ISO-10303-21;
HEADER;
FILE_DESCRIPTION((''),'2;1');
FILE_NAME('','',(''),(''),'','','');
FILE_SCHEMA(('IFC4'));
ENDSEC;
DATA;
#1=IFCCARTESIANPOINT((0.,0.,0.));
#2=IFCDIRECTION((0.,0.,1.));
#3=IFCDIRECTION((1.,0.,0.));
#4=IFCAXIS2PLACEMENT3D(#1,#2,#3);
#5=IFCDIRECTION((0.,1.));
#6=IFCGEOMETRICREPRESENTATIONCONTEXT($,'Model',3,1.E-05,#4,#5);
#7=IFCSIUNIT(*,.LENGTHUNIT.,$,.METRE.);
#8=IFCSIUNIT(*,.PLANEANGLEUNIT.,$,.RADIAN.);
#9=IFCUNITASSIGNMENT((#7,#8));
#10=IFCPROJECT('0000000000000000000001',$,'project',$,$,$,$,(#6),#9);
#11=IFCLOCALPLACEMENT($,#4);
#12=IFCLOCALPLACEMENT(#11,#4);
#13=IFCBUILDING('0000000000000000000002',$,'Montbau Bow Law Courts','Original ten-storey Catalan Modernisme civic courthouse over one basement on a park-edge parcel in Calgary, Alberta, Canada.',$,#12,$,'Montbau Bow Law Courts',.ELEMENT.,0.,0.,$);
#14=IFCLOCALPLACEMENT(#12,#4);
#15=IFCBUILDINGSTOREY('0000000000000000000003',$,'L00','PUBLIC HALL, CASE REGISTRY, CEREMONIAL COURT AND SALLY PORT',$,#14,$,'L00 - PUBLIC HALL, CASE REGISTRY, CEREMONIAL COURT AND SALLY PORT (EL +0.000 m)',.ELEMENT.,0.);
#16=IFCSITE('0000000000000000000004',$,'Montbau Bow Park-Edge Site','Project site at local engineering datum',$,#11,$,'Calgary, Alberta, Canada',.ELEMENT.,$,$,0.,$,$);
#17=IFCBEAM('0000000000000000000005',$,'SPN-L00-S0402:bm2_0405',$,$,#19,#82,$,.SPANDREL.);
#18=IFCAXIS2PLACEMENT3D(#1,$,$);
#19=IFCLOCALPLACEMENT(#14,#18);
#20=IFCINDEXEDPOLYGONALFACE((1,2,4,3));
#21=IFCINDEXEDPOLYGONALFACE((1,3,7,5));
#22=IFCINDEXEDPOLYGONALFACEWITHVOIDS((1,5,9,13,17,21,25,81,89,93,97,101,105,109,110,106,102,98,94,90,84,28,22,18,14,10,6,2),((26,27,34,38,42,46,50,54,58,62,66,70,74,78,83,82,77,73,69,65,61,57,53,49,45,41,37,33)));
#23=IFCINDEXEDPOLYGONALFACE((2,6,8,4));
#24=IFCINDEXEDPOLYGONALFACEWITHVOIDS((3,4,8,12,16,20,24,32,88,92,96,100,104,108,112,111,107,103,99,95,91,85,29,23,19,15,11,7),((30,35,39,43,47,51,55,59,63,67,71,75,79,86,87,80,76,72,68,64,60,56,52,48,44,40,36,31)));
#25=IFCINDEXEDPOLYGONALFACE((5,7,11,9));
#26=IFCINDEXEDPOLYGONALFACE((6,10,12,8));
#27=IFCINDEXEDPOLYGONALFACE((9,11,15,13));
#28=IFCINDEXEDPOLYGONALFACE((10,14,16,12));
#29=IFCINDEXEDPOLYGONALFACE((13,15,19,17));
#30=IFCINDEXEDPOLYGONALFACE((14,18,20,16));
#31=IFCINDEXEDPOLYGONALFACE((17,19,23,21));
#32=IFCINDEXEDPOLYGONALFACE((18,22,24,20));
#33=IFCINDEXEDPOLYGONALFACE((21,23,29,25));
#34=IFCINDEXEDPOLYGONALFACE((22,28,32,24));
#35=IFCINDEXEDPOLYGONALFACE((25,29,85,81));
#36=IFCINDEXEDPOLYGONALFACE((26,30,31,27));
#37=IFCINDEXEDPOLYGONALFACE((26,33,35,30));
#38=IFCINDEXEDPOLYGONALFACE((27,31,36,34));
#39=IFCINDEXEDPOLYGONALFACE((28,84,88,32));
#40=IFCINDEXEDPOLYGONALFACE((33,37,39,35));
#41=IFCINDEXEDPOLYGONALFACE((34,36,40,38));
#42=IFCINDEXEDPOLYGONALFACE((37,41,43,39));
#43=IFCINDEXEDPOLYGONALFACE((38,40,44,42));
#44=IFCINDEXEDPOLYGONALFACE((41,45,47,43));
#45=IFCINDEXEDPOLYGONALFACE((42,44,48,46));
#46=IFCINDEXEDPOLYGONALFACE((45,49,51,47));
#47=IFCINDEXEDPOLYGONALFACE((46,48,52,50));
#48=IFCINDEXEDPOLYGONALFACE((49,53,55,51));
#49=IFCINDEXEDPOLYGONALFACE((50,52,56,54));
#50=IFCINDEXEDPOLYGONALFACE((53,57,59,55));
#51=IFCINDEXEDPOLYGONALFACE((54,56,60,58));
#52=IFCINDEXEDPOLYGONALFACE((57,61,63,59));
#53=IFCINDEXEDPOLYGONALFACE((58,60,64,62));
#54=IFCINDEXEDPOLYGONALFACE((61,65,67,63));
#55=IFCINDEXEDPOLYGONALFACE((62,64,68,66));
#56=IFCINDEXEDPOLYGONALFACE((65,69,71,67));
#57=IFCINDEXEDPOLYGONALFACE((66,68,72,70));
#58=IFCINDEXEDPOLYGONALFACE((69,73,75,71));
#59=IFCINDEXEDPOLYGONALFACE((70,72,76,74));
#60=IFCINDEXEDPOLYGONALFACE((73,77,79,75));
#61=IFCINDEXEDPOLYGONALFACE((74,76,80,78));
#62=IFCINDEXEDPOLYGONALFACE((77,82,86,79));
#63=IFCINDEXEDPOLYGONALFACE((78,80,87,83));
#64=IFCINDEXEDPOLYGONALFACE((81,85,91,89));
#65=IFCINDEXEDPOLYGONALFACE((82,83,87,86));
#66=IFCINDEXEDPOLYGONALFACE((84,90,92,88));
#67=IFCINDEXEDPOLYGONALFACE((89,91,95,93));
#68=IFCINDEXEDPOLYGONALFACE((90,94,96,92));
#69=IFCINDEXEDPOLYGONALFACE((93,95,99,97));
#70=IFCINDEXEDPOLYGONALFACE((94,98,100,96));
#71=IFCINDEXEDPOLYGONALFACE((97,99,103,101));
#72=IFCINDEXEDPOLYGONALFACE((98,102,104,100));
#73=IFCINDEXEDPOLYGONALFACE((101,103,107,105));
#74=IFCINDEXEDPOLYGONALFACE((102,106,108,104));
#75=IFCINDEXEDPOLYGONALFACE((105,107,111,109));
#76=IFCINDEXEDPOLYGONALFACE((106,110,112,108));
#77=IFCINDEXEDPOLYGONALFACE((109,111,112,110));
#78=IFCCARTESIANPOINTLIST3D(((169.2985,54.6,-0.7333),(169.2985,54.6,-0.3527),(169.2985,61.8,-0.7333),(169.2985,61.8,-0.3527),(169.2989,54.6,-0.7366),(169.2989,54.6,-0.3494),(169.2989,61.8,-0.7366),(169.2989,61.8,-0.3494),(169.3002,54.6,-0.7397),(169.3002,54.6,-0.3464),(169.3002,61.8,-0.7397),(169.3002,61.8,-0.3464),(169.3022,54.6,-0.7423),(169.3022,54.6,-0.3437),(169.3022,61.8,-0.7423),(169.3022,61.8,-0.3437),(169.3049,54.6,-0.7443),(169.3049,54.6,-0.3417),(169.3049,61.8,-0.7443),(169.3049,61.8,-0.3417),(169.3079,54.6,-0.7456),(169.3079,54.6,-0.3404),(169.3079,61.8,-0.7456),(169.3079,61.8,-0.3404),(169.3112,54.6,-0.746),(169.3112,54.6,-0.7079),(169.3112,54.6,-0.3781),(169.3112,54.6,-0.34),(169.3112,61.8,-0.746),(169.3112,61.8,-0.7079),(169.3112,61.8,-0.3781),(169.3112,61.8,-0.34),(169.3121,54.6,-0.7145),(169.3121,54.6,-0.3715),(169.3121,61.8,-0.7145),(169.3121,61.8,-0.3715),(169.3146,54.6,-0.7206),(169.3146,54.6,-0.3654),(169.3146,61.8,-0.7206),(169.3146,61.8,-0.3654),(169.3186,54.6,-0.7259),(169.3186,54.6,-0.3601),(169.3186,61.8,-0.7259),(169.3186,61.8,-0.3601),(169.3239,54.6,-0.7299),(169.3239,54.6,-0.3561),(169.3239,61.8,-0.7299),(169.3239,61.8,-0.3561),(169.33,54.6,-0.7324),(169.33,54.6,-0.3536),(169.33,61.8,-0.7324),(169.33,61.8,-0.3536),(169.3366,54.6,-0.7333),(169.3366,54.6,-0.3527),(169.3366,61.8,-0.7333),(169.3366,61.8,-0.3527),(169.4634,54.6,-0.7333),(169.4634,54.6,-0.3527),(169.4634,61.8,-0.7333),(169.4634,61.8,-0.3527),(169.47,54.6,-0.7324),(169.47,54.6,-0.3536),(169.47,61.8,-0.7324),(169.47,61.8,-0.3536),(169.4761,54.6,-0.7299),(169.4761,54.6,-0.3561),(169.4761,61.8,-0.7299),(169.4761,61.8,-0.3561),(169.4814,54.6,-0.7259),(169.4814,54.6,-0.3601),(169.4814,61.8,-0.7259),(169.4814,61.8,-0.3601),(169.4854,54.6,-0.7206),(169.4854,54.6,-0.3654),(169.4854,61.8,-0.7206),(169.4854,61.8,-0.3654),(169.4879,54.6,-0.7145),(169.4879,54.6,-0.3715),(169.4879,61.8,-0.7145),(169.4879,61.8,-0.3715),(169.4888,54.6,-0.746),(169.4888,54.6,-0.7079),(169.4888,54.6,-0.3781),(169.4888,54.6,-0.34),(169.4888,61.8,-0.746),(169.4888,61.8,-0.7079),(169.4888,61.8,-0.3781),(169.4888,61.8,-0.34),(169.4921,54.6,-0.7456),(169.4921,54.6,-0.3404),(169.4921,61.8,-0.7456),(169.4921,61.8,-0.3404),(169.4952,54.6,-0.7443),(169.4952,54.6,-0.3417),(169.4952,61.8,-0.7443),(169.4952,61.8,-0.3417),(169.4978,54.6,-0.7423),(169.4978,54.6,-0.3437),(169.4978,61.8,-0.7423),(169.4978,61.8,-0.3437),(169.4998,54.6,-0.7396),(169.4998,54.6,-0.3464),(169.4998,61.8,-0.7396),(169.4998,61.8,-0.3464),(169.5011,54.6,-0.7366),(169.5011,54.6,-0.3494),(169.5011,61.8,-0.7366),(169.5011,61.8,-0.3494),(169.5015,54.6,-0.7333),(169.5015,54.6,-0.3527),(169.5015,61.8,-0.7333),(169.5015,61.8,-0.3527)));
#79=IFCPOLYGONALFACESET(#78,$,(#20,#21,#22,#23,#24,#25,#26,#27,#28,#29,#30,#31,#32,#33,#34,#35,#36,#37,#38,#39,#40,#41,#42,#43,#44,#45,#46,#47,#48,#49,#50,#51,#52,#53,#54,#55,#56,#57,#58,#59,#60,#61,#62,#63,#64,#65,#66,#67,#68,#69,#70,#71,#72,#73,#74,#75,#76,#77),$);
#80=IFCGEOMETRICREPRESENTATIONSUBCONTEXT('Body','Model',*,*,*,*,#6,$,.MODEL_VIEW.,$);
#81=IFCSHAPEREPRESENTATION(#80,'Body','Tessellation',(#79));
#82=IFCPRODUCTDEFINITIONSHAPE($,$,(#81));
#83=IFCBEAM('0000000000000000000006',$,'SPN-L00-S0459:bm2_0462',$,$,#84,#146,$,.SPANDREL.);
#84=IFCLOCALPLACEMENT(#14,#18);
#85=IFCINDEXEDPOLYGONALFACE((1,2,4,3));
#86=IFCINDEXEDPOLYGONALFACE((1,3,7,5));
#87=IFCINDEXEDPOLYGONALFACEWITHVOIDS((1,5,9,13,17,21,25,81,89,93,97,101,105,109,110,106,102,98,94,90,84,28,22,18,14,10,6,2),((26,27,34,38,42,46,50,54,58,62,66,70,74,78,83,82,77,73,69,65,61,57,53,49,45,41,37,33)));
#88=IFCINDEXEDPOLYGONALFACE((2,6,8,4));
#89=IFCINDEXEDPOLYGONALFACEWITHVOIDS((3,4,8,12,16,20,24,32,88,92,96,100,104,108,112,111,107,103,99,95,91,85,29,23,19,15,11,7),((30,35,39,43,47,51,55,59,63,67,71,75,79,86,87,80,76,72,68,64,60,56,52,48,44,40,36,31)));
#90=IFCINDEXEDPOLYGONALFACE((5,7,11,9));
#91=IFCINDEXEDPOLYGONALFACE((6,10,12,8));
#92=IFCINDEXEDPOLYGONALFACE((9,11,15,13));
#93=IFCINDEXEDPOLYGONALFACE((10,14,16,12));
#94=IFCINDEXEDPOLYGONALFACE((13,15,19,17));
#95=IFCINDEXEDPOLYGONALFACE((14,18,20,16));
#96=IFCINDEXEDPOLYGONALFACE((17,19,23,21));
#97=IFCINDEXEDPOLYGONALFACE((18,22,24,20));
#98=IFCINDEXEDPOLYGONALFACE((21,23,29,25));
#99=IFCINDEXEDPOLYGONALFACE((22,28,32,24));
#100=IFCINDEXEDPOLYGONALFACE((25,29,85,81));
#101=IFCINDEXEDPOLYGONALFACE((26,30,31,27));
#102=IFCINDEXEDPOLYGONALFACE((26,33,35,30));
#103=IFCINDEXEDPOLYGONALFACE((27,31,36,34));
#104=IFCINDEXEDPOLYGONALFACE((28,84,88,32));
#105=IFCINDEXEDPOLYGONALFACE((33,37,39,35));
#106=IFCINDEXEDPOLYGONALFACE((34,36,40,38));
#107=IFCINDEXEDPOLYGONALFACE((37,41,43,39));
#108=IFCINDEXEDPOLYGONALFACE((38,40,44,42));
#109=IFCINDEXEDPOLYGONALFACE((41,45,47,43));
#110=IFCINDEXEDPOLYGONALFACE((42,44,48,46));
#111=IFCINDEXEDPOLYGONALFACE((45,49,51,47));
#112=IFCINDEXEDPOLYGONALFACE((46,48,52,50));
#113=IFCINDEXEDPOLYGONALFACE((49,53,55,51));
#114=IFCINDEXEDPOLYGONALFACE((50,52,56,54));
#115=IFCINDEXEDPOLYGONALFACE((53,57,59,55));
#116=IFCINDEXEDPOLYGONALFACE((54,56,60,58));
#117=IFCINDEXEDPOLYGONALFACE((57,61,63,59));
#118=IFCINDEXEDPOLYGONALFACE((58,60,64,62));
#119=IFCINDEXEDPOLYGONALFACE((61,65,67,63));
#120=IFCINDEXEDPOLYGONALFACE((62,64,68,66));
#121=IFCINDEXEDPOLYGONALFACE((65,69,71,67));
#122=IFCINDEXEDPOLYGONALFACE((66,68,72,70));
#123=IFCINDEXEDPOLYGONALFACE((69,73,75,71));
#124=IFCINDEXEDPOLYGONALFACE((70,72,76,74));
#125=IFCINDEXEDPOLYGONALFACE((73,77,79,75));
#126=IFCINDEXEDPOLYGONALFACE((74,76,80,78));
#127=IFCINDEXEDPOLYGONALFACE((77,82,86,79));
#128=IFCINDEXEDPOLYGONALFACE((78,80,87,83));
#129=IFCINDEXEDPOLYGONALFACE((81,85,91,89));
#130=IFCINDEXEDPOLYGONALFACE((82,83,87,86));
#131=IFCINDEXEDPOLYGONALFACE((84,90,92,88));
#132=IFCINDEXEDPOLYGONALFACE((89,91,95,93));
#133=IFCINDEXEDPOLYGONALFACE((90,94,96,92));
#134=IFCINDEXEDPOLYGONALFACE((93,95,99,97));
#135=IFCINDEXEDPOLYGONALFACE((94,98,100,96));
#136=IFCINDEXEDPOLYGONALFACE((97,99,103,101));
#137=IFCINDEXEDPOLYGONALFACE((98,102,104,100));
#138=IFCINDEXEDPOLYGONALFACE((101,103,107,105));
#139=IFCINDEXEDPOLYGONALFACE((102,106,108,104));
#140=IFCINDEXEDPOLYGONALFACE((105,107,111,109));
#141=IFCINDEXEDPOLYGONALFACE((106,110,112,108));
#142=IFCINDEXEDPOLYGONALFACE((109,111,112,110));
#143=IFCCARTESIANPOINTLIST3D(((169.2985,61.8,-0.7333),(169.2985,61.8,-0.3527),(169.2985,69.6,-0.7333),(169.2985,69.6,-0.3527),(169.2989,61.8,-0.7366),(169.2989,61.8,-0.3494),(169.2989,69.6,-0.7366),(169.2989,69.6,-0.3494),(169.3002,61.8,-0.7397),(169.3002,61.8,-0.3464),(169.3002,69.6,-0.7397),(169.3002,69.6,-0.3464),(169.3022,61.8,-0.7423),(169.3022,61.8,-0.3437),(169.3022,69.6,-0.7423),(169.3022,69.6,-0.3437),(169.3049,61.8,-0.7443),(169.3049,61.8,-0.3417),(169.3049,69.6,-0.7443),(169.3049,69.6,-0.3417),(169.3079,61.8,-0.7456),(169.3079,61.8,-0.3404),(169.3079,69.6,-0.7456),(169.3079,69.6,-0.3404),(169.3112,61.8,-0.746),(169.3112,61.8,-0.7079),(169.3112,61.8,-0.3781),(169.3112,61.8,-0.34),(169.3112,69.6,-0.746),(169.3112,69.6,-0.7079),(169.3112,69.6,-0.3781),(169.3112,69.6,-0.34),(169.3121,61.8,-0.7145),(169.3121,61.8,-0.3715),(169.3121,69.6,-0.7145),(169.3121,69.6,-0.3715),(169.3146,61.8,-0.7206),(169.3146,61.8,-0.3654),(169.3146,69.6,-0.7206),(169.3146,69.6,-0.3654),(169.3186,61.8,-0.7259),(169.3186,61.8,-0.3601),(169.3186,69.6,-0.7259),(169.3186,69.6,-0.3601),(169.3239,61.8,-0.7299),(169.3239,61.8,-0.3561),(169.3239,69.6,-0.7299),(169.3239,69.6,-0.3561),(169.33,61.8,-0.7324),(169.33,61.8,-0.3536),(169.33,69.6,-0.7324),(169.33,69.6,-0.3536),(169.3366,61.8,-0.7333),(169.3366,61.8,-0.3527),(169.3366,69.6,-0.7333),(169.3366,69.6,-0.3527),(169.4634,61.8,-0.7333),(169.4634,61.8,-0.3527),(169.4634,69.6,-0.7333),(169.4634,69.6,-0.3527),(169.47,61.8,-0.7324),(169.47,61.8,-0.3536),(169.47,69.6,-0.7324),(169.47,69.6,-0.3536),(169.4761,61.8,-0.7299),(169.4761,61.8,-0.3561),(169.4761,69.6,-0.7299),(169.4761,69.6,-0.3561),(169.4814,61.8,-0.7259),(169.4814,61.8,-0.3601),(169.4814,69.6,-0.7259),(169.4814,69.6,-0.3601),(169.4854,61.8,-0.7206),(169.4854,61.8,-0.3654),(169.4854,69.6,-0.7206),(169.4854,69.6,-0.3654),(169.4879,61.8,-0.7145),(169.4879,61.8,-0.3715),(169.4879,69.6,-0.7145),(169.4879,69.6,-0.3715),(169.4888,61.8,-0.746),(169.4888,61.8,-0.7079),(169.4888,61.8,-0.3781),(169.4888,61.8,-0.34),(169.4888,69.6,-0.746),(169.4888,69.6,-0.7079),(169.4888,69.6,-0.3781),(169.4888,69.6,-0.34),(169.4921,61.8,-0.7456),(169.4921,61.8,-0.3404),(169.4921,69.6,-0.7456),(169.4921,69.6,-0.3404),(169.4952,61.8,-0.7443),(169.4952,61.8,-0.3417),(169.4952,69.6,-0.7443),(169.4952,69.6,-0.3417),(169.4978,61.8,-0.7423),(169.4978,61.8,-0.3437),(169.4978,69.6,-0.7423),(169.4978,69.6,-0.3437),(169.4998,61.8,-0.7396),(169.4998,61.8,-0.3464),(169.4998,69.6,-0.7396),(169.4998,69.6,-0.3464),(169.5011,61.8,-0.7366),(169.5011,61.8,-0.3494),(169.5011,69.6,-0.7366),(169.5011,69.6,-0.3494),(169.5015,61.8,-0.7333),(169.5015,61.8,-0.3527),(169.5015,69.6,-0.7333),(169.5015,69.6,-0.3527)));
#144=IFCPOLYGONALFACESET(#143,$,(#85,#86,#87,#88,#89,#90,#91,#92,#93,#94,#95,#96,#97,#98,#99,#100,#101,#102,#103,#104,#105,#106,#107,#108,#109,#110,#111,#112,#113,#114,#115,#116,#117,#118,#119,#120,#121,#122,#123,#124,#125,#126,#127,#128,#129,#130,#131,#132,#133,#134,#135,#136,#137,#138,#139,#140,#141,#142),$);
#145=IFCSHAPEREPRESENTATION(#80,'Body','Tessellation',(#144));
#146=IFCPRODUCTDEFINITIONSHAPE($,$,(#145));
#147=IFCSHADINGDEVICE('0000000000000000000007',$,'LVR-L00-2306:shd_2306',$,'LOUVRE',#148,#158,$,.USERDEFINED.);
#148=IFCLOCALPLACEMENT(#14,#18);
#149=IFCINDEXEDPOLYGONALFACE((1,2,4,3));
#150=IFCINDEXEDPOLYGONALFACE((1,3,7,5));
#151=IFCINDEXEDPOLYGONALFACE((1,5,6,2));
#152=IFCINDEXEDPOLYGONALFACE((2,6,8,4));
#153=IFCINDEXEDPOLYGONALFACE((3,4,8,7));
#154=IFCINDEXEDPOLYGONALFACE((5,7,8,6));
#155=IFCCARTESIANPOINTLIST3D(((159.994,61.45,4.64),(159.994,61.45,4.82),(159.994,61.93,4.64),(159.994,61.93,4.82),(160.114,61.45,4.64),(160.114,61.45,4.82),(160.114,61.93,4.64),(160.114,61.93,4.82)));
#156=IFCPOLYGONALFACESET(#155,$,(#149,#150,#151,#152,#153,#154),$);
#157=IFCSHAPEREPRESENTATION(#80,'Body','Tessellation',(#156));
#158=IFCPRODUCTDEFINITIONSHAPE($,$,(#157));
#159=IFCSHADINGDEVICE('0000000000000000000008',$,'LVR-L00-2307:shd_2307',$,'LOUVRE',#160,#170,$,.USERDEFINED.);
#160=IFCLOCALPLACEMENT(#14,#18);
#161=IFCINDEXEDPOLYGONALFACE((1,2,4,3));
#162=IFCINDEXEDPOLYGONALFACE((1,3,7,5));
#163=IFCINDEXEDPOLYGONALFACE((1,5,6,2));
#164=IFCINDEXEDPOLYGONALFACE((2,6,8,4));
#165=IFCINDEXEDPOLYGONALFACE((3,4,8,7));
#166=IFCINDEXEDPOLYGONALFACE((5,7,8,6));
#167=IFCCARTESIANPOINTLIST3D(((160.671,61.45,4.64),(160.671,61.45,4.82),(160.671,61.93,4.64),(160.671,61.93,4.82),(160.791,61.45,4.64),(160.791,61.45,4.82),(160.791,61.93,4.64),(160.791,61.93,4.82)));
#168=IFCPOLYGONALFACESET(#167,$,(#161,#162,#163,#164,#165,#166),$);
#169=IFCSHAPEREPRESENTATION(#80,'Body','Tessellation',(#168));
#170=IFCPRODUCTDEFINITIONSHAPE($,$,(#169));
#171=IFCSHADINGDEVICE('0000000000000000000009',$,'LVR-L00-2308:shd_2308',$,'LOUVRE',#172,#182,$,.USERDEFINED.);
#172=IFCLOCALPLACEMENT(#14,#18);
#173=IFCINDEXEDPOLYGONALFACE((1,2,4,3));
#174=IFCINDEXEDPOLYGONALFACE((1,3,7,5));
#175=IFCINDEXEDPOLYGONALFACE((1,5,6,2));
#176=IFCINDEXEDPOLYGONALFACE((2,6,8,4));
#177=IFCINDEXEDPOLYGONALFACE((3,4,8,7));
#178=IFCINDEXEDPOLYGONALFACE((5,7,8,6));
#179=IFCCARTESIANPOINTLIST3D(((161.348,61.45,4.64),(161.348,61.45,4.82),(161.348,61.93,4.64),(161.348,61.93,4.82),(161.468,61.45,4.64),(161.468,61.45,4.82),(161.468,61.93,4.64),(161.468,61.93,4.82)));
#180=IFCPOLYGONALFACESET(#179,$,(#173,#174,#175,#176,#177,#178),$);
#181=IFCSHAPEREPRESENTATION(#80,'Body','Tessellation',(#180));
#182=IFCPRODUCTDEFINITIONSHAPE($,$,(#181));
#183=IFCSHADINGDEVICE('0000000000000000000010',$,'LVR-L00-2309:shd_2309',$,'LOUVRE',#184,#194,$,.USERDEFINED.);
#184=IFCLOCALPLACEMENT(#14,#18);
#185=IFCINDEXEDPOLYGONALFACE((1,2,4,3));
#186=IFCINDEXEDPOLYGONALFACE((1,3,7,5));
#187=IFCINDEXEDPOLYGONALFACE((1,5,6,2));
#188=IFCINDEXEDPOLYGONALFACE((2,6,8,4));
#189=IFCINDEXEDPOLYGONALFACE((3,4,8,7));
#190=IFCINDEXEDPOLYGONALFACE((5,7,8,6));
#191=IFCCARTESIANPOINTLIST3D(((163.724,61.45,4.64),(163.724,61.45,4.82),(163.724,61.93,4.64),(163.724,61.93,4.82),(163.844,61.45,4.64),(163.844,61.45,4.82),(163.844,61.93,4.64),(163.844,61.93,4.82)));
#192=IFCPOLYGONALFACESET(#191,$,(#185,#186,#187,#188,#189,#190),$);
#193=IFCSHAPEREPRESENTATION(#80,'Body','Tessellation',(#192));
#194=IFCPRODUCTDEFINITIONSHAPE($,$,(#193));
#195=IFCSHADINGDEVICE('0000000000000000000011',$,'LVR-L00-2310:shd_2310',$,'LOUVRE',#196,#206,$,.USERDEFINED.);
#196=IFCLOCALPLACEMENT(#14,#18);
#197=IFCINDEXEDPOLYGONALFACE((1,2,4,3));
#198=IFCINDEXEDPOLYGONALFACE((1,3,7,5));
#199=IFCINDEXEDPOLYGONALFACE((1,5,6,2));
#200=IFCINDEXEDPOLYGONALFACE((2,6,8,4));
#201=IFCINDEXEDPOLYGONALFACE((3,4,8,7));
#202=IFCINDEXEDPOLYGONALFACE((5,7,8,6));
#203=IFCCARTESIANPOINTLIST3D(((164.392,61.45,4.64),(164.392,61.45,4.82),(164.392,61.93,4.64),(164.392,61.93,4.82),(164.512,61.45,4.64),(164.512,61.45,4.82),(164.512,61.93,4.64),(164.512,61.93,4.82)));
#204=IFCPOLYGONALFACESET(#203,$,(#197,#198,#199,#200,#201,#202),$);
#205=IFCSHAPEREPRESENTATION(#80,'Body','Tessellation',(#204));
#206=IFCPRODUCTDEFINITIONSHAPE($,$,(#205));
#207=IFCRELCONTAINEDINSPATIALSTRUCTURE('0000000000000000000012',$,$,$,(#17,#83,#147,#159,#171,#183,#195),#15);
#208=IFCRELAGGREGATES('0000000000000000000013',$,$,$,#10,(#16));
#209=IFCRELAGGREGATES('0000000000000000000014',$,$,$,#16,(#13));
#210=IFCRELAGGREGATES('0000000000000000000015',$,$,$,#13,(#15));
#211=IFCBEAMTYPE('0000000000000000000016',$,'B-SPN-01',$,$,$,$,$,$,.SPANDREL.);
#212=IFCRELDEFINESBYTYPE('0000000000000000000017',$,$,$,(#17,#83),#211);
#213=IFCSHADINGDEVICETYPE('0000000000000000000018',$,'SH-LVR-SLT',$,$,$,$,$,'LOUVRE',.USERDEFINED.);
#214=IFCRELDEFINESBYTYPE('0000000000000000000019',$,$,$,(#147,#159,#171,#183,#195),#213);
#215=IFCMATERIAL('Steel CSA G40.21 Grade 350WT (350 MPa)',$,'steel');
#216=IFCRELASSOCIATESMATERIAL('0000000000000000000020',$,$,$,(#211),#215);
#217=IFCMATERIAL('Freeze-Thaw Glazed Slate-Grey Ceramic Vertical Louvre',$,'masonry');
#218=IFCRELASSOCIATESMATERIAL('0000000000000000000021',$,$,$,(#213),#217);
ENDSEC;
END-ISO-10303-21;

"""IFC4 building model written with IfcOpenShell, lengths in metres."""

from ifc_helpers import new_model, si_unit, direction, frame, origin_with_axes, origin_2d_with_axis, place, context, subcontext, project, spatial, rectangle, hollow_rectangle, extrude, material, material_profile, profile_set, type_object, element, save


model = new_model("IFC4")

# Units and contexts
model_context = context("Model", 3, precision=1e-05, world=origin_with_axes(), true_north=direction((0.0, 1.0)))
body_context = subcontext(model_context, "Body", "Model", "MODEL_VIEW")
ifc_project = project(units=[si_unit("LENGTHUNIT", "METRE"), si_unit("PLANEANGLEUNIT", "RADIAN")], contexts=[model_context])

# Site, building, storey
site_placement = place(None, origin_with_axes())
site = spatial("IfcSite", under=ifc_project, at=site_placement, Name="Montbau Bow Park-Edge Site", Description="Project site at local engineering datum", LongName="Calgary, Alberta, Canada", CompositionType="ELEMENT", RefElevation=0.0)
building_placement = place(site_placement, origin_with_axes())
building = spatial("IfcBuilding", under=site, at=building_placement, Name="Montbau Bow Law Courts", Description="Original ten-storey Catalan Modernisme civic courthouse over one basement on a park-edge parcel in Calgary, Alberta, Canada.", LongName="Montbau Bow Law Courts", CompositionType="ELEMENT", ElevationOfRefHeight=0.0, ElevationOfTerrain=0.0)
storey_placement = place(building_placement, origin_with_axes())
storey = spatial("IfcBuildingStorey", under=building, at=storey_placement, Name="L00", Description="PUBLIC HALL, CASE REGISTRY, CEREMONIAL COURT AND SALLY PORT", LongName="L00 - PUBLIC HALL, CASE REGISTRY, CEREMONIAL COURT AND SALLY PORT (EL +0.000 m)", CompositionType="ELEMENT", Elevation=0.0)

# Shared definitions
ifc_material_1 = material(Name="Steel CSA G40.21 Grade 350WT (350 MPa)", Category="steel")

# Beams
ifc_material_profile_1 = material_profile(ifc_material_1, hollow_rectangle(XDim=0.203, YDim=0.406, WallThickness=0.0127, InnerFilletRadius=0.0254, OuterFilletRadius=0.0127, at=origin_2d_with_axis()), Name="HSS406X203X13", Category="Main", Priority=0)
ifc_profile_set_1 = profile_set([ifc_material_profile_1], Name="Steel CSA G40.21 Grade 350WT (350 MPa)")
beam_type_1 = type_object("IfcBeamType", Name="B-SPN-01", PredefinedType="SPANDREL", material=ifc_profile_set_1)
beam_1_placement = place(None, frame((169.4, 54.6, -0.543), z_axis=(0.0, 1.0, 0.0), x_axis=(-1.0, 0.0, 0.0)))
element("IfcBeam", 1, at=beam_1_placement, inside=storey, type_object=beam_type_1, Name="SPN-L00-S0402:bm2_0405", PredefinedType="SPANDREL", context=body_context, shape_type="SweptSolid", body=[
    extrude(hollow_rectangle(XDim=0.203, YDim=0.406, WallThickness=0.0127, InnerFilletRadius=0.0254, OuterFilletRadius=0.0127, at=origin_2d_with_axis()), origin_with_axes(), (0.0, 0.0, 1.0), 7.2),
])
beam_2_placement = place(None, frame((169.4, 61.8, -0.543), z_axis=(0.0, 1.0, 0.0), x_axis=(-1.0, 0.0, 0.0)))
element("IfcBeam", 2, at=beam_2_placement, inside=storey, type_object=beam_type_1, Name="SPN-L00-S0459:bm2_0462", PredefinedType="SPANDREL", context=body_context, shape_type="SweptSolid", body=[
    extrude(hollow_rectangle(XDim=0.203, YDim=0.406, WallThickness=0.0127, InnerFilletRadius=0.0254, OuterFilletRadius=0.0127, at=origin_2d_with_axis()), origin_with_axes(), (0.0, 0.0, 1.0), 7.8),
])

# Shading devices
ifc_material_2 = material(Name="Freeze-Thaw Glazed Slate-Grey Ceramic Vertical Louvre", Category="masonry")
shading_device_type = type_object("IfcShadingDeviceType", Name="SH-LVR-SLT", ElementType="LOUVRE", PredefinedType="USERDEFINED", material=ifc_material_2)
for number, where, z_axis, x_axis, name in (
    (3, (160.054, 61.69, 4.64), (0.0, 0.0, 1.0), (0.0, -1.0, 0.0), "LVR-L00-2306:shd_2306"),
    (4, (160.731, 61.69, 4.64), (0.0, 0.0, 1.0), (0.0, -1.0, 0.0), "LVR-L00-2307:shd_2307"),
    (5, (161.408, 61.69, 4.64), (0.0, 0.0, 1.0), (0.0, -1.0, 0.0), "LVR-L00-2308:shd_2308"),
    (6, (163.784, 61.69, 4.64), (0.0, 0.0, 1.0), (0.0, -1.0, 0.0), "LVR-L00-2309:shd_2309"),
    (7, (164.452, 61.69, 4.64), (0.0, 0.0, 1.0), (0.0, -1.0, 0.0), "LVR-L00-2310:shd_2310"),
):
    element("IfcShadingDevice", number, at=place(None, frame(where, z_axis=z_axis, x_axis=x_axis)), inside=storey, type_object=shading_device_type, Name=name, ObjectType="LOUVRE", PredefinedType="USERDEFINED", context=body_context, shape_type="SweptSolid", body=[
        extrude(rectangle(XDim=0.48, YDim=0.12, at=origin_2d_with_axis()), origin_with_axes(), (0.0, 0.0, 1.0), 0.18),
    ])

save(model, "model.ifc")
